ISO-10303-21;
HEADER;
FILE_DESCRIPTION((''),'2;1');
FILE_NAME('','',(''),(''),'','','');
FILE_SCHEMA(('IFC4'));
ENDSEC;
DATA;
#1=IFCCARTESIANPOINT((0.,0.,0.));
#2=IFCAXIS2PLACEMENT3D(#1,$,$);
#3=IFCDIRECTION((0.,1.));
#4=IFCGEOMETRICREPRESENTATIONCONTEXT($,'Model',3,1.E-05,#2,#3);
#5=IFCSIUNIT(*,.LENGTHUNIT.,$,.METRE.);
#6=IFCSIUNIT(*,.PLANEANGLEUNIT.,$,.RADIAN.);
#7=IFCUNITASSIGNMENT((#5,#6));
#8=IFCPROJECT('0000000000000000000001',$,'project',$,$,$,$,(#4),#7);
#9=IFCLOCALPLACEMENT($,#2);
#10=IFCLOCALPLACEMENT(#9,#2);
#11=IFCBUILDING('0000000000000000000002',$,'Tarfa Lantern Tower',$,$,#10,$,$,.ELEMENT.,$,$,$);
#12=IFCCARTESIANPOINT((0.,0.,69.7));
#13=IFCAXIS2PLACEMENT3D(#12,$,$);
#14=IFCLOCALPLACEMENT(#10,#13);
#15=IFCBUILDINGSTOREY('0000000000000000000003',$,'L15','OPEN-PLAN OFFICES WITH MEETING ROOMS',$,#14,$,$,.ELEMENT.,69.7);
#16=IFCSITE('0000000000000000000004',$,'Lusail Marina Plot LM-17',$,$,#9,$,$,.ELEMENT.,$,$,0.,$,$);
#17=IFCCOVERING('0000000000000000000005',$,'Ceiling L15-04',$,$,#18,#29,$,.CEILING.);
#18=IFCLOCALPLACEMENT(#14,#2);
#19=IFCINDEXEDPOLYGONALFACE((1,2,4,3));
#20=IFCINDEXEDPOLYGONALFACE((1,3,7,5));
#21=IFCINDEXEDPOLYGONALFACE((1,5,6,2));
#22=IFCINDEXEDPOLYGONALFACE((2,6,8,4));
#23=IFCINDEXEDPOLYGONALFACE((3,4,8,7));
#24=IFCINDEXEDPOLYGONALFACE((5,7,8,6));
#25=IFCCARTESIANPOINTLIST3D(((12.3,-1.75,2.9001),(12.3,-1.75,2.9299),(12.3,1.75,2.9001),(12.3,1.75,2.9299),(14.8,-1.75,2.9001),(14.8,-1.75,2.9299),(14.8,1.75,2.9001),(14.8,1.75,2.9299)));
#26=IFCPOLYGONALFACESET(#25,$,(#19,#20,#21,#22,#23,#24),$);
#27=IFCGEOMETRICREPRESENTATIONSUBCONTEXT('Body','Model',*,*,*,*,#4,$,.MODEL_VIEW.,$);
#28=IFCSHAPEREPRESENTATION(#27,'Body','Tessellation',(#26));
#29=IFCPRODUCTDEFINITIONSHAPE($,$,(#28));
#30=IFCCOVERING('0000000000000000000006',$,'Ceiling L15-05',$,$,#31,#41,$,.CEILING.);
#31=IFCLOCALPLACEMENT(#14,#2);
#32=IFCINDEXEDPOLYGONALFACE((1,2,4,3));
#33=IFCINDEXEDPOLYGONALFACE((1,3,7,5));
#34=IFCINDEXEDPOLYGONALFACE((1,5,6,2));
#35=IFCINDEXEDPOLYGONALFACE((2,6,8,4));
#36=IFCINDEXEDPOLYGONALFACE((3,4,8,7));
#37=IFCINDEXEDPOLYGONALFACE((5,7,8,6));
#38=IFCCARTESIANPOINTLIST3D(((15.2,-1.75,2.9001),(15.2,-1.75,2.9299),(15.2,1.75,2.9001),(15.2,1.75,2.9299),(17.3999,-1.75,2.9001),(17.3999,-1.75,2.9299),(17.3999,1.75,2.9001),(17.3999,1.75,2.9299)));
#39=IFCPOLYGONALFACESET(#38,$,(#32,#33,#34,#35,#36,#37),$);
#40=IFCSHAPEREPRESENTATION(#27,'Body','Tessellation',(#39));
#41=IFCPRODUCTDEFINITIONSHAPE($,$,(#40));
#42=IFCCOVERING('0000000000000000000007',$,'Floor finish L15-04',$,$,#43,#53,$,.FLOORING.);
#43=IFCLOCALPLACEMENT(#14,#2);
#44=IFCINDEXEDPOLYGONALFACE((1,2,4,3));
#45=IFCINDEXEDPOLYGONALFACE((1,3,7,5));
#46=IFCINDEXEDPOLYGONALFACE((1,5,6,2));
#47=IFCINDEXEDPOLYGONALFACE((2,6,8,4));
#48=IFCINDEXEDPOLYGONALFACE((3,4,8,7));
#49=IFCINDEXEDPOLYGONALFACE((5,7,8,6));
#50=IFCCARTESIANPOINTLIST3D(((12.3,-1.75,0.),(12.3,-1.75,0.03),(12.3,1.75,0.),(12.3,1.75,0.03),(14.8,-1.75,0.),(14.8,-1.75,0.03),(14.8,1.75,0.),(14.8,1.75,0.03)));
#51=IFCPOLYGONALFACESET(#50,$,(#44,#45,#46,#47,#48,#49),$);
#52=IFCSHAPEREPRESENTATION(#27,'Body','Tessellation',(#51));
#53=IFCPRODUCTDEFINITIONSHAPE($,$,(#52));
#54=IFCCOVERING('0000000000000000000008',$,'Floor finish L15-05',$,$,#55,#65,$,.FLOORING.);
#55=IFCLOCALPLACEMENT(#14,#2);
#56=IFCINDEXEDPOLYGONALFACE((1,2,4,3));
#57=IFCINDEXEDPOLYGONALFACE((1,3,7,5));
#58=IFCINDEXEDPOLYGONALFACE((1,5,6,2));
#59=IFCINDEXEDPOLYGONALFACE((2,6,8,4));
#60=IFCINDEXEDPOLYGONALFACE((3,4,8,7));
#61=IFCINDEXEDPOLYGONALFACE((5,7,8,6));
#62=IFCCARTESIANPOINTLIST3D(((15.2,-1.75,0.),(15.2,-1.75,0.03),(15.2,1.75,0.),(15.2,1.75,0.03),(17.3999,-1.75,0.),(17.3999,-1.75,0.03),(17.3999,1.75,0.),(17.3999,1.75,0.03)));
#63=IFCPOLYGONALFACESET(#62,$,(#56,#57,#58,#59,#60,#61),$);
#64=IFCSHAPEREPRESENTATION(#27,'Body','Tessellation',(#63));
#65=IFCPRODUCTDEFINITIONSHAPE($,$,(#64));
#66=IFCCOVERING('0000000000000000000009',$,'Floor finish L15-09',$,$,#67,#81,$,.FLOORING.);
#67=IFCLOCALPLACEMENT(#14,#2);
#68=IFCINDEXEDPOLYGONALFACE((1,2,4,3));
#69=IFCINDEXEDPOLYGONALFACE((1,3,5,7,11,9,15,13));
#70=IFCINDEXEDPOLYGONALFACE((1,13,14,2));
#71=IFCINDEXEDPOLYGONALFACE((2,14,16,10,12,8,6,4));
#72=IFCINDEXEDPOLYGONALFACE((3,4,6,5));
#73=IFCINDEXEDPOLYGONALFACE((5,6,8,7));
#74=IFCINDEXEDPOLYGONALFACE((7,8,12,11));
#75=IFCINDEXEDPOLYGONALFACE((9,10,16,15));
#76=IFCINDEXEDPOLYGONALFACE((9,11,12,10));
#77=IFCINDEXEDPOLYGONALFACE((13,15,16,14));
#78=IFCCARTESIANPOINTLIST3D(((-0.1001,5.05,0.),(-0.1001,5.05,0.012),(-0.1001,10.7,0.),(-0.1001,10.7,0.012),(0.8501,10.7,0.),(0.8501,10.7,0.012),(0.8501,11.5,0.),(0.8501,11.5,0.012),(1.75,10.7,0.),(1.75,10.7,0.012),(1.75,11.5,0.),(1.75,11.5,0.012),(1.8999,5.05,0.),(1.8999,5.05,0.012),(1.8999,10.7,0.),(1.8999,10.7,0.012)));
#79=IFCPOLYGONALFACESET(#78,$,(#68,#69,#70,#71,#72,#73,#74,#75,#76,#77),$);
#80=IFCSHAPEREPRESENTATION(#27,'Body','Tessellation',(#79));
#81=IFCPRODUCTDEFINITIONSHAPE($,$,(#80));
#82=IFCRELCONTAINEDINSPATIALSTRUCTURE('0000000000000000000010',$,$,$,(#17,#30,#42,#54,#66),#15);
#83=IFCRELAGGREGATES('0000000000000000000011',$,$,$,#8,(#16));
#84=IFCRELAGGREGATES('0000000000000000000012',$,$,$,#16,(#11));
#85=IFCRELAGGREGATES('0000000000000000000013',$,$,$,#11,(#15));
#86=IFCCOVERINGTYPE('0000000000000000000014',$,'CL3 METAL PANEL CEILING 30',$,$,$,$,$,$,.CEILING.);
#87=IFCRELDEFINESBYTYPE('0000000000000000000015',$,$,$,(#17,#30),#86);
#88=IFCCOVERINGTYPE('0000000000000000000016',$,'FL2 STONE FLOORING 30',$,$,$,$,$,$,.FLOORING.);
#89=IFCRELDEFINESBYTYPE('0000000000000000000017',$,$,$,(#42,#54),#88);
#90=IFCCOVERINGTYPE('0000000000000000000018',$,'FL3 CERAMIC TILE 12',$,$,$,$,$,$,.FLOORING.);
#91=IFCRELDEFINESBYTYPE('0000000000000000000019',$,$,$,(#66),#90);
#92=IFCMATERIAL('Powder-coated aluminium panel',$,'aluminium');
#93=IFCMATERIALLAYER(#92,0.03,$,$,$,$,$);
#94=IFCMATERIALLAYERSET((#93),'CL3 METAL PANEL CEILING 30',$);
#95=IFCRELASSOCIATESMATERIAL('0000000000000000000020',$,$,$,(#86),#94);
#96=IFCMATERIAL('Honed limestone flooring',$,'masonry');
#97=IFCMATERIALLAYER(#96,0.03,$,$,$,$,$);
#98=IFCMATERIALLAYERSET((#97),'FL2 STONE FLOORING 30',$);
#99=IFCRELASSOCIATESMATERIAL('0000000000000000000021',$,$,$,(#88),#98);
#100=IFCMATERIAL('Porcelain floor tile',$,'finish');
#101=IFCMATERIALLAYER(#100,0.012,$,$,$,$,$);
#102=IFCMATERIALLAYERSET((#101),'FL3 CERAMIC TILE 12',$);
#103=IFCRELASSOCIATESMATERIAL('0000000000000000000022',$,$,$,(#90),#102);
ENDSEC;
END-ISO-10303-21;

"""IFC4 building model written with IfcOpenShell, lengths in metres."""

from ifc_helpers import new_model, si_unit, direction, frame, origin, place, context, subcontext, project, spatial, polyline, outline, extrude, material, layer, layer_set, type_object, element, save


model = new_model("IFC4")

# Units and contexts
model_context = context("Model", 3, precision=1e-05, world=origin(), true_north=direction((0.0, 1.0)))
body_context = subcontext(model_context, "Body", "Model", "MODEL_VIEW")
ifc_project = project(units=[si_unit("LENGTHUNIT", "METRE"), si_unit("PLANEANGLEUNIT", "RADIAN")], contexts=[model_context])

# Site, building, storey
site_placement = place(None, origin())
site = spatial("IfcSite", under=ifc_project, at=site_placement, Name="Lusail Marina Plot LM-17", CompositionType="ELEMENT", RefElevation=0.0)
building_placement = place(site_placement, origin())
building = spatial("IfcBuilding", under=site, at=building_placement, Name="Tarfa Lantern Tower", CompositionType="ELEMENT")
storey_placement = place(building_placement, frame((0.0, 0.0, 69.7)))
storey = spatial("IfcBuildingStorey", under=building, at=storey_placement, Name="L15", Description="OPEN-PLAN OFFICES WITH MEETING ROOMS", CompositionType="ELEMENT", Elevation=69.7)

# Coverings
ifc_material_1 = material(Name="Powder-coated aluminium panel", Category="aluminium")
ifc_layer_1 = layer(ifc_material_1, 0.03)
ifc_layer_set_1 = layer_set([ifc_layer_1], Name="CL3 METAL PANEL CEILING 30")
covering_type_1 = type_object("IfcCoveringType", Name="CL3 METAL PANEL CEILING 30", PredefinedType="CEILING", material=ifc_layer_set_1)
covering_1_placement = place(storey_placement, frame((0.0, 0.0, 2.9001)))
element("IfcCovering", 1, at=covering_1_placement, inside=storey, type_object=covering_type_1, Name="Ceiling L15-04", PredefinedType="CEILING", context=body_context, shape_type="SweptSolid", body=[
    extrude(outline(polyline([(12.3, -1.75), (14.8, -1.75), (14.8, 1.75), (12.3, 1.75), (12.3, -1.75)])), origin(), (0.0, 0.0, 1.0), 0.0298),
])
covering_2_placement = place(storey_placement, frame((0.0, 0.0, 2.9001)))
element("IfcCovering", 2, at=covering_2_placement, inside=storey, type_object=covering_type_1, Name="Ceiling L15-05", PredefinedType="CEILING", context=body_context, shape_type="SweptSolid", body=[
    extrude(outline(polyline([(15.2, -1.75), (17.3999, -1.75), (17.3999, 1.75), (15.2, 1.75), (15.2, -1.75)])), origin(), (0.0, 0.0, 1.0), 0.0298),
])
ifc_material_2 = material(Name="Honed limestone flooring", Category="masonry")
ifc_layer_2 = layer(ifc_material_2, 0.03)
ifc_layer_set_2 = layer_set([ifc_layer_2], Name="FL2 STONE FLOORING 30")
covering_type_2 = type_object("IfcCoveringType", Name="FL2 STONE FLOORING 30", PredefinedType="FLOORING", material=ifc_layer_set_2)
covering_3_placement = place(storey_placement, origin())
element("IfcCovering", 3, at=covering_3_placement, inside=storey, type_object=covering_type_2, Name="Floor finish L15-04", PredefinedType="FLOORING", context=body_context, shape_type="SweptSolid", body=[
    extrude(outline(polyline([(12.3, -1.75), (14.8, -1.75), (14.8, 1.75), (12.3, 1.75), (12.3, -1.75)])), origin(), (0.0, 0.0, 1.0), 0.03),
])
covering_4_placement = place(storey_placement, origin())
element("IfcCovering", 4, at=covering_4_placement, inside=storey, type_object=covering_type_2, Name="Floor finish L15-05", PredefinedType="FLOORING", context=body_context, shape_type="SweptSolid", body=[
    extrude(outline(polyline([(15.2, -1.75), (17.3999, -1.75), (17.3999, 1.75), (15.2, 1.75), (15.2, -1.75)])), origin(), (0.0, 0.0, 1.0), 0.03),
])
ifc_material_3 = material(Name="Porcelain floor tile", Category="finish")
ifc_layer_3 = layer(ifc_material_3, 0.012)
ifc_layer_set_3 = layer_set([ifc_layer_3], Name="FL3 CERAMIC TILE 12")
covering_type_3 = type_object("IfcCoveringType", Name="FL3 CERAMIC TILE 12", PredefinedType="FLOORING", material=ifc_layer_set_3)
covering_5_placement = place(storey_placement, origin())
element("IfcCovering", 5, at=covering_5_placement, inside=storey, type_object=covering_type_3, Name="Floor finish L15-09", PredefinedType="FLOORING", context=body_context, shape_type="SweptSolid", body=[
    extrude(outline(polyline([(0.8501, 10.7), (-0.1001, 10.7), (-0.1001, 5.05), (1.8999, 5.05), (1.8999, 10.7), (1.75, 10.7), (1.75, 11.5), (1.75, 11.5), (0.8501, 11.5), (0.8501, 10.7)])), origin(), (0.0, 0.0, 1.0), 0.012),
])

save(model, "model.ifc")
